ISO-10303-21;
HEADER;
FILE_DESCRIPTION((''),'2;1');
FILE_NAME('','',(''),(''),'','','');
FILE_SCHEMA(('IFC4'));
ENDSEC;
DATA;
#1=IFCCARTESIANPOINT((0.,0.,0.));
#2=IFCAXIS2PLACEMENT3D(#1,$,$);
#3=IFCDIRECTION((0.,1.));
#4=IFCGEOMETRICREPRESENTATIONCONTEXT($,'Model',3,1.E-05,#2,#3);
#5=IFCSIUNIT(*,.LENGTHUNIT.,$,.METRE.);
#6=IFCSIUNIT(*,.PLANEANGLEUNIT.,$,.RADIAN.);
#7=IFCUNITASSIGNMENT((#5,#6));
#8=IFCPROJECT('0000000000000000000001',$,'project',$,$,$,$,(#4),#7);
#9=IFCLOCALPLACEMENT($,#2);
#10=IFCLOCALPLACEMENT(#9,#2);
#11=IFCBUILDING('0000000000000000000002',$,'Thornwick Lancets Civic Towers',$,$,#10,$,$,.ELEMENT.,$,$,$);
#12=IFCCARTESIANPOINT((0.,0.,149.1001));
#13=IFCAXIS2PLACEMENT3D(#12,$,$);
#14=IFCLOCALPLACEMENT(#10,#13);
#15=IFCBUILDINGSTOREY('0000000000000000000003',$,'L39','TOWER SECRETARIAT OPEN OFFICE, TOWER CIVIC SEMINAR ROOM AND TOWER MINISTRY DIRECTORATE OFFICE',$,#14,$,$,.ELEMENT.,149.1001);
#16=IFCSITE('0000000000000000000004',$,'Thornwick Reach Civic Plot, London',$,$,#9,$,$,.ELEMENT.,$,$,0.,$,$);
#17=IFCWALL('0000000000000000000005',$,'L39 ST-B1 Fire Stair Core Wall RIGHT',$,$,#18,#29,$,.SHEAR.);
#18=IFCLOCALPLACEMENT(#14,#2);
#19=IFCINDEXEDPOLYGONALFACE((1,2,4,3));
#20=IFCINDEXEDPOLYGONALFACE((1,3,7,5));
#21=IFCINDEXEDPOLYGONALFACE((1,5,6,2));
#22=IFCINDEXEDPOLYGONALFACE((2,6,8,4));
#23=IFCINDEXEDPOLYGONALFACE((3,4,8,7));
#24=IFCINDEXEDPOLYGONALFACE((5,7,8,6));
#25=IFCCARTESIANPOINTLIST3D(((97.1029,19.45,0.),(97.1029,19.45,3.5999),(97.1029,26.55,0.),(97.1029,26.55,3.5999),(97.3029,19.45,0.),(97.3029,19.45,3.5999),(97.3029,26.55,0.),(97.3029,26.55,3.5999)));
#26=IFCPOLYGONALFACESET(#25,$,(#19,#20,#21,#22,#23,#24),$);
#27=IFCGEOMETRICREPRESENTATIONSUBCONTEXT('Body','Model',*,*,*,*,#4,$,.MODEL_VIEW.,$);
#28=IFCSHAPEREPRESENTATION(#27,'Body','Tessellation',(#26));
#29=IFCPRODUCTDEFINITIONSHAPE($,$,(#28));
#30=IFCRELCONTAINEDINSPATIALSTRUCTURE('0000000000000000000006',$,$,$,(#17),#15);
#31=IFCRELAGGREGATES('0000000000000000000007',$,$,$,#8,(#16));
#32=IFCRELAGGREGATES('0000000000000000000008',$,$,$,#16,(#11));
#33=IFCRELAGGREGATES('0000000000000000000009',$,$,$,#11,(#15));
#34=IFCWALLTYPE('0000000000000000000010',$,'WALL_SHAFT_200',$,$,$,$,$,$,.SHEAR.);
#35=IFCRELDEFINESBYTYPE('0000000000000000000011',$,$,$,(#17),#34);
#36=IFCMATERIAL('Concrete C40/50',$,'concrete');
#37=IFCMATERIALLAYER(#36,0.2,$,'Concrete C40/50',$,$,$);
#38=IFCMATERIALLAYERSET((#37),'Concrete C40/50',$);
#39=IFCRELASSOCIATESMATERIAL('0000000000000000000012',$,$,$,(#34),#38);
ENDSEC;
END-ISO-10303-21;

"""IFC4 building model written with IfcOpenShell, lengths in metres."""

from ifc_helpers import new_model, si_unit, direction, frame, frame_2d, origin, place, context, subcontext, project, spatial, rectangle, extrude, material, layer, layer_set, type_object, element, save


model = new_model("IFC4")

# Units and contexts
model_context = context("Model", 3, precision=1e-05, world=origin(), true_north=direction((0.0, 1.0)))
body_context = subcontext(model_context, "Body", "Model", "MODEL_VIEW")
ifc_project = project(units=[si_unit("LENGTHUNIT", "METRE"), si_unit("PLANEANGLEUNIT", "RADIAN")], contexts=[model_context])

# Site, building, storey
site_placement = place(None, origin())
site = spatial("IfcSite", under=ifc_project, at=site_placement, Name="Thornwick Reach Civic Plot, London", CompositionType="ELEMENT", RefElevation=0.0)
building_placement = place(site_placement, origin())
building = spatial("IfcBuilding", under=site, at=building_placement, Name="Thornwick Lancets Civic Towers", CompositionType="ELEMENT")
storey_placement = place(building_placement, frame((0.0, 0.0, 149.1001)))
storey = spatial("IfcBuildingStorey", under=building, at=storey_placement, Name="L39", Description="TOWER SECRETARIAT OPEN OFFICE, TOWER CIVIC SEMINAR ROOM AND TOWER MINISTRY DIRECTORATE OFFICE", CompositionType="ELEMENT", Elevation=149.1001)

# Wall
ifc_material_1 = material(Name="Concrete C40/50", Category="concrete")
ifc_layer_1 = layer(ifc_material_1, 0.2, Name="Concrete C40/50")
ifc_layer_set_1 = layer_set([ifc_layer_1], Name="Concrete C40/50")
wall_type_1 = type_object("IfcWallType", Name="WALL_SHAFT_200", PredefinedType="SHEAR", material=ifc_layer_set_1)
wall_1_placement = place(storey_placement, frame((97.2029, 26.55, 0.0), z_axis=(0.0, 0.0, 1.0), x_axis=(0.0, -1.0, 0.0)))
element("IfcWall", 1, at=wall_1_placement, inside=storey, type_object=wall_type_1, Name="L39 ST-B1 Fire Stair Core Wall RIGHT", PredefinedType="SHEAR", context=body_context, shape_type="SweptSolid", body=[
    extrude(rectangle(XDim=7.1001, YDim=0.2, at=frame_2d((3.55, 0.0))), origin(), (0.0, 0.0, 1.0), 3.5999),
])

save(model, "model.ifc")
